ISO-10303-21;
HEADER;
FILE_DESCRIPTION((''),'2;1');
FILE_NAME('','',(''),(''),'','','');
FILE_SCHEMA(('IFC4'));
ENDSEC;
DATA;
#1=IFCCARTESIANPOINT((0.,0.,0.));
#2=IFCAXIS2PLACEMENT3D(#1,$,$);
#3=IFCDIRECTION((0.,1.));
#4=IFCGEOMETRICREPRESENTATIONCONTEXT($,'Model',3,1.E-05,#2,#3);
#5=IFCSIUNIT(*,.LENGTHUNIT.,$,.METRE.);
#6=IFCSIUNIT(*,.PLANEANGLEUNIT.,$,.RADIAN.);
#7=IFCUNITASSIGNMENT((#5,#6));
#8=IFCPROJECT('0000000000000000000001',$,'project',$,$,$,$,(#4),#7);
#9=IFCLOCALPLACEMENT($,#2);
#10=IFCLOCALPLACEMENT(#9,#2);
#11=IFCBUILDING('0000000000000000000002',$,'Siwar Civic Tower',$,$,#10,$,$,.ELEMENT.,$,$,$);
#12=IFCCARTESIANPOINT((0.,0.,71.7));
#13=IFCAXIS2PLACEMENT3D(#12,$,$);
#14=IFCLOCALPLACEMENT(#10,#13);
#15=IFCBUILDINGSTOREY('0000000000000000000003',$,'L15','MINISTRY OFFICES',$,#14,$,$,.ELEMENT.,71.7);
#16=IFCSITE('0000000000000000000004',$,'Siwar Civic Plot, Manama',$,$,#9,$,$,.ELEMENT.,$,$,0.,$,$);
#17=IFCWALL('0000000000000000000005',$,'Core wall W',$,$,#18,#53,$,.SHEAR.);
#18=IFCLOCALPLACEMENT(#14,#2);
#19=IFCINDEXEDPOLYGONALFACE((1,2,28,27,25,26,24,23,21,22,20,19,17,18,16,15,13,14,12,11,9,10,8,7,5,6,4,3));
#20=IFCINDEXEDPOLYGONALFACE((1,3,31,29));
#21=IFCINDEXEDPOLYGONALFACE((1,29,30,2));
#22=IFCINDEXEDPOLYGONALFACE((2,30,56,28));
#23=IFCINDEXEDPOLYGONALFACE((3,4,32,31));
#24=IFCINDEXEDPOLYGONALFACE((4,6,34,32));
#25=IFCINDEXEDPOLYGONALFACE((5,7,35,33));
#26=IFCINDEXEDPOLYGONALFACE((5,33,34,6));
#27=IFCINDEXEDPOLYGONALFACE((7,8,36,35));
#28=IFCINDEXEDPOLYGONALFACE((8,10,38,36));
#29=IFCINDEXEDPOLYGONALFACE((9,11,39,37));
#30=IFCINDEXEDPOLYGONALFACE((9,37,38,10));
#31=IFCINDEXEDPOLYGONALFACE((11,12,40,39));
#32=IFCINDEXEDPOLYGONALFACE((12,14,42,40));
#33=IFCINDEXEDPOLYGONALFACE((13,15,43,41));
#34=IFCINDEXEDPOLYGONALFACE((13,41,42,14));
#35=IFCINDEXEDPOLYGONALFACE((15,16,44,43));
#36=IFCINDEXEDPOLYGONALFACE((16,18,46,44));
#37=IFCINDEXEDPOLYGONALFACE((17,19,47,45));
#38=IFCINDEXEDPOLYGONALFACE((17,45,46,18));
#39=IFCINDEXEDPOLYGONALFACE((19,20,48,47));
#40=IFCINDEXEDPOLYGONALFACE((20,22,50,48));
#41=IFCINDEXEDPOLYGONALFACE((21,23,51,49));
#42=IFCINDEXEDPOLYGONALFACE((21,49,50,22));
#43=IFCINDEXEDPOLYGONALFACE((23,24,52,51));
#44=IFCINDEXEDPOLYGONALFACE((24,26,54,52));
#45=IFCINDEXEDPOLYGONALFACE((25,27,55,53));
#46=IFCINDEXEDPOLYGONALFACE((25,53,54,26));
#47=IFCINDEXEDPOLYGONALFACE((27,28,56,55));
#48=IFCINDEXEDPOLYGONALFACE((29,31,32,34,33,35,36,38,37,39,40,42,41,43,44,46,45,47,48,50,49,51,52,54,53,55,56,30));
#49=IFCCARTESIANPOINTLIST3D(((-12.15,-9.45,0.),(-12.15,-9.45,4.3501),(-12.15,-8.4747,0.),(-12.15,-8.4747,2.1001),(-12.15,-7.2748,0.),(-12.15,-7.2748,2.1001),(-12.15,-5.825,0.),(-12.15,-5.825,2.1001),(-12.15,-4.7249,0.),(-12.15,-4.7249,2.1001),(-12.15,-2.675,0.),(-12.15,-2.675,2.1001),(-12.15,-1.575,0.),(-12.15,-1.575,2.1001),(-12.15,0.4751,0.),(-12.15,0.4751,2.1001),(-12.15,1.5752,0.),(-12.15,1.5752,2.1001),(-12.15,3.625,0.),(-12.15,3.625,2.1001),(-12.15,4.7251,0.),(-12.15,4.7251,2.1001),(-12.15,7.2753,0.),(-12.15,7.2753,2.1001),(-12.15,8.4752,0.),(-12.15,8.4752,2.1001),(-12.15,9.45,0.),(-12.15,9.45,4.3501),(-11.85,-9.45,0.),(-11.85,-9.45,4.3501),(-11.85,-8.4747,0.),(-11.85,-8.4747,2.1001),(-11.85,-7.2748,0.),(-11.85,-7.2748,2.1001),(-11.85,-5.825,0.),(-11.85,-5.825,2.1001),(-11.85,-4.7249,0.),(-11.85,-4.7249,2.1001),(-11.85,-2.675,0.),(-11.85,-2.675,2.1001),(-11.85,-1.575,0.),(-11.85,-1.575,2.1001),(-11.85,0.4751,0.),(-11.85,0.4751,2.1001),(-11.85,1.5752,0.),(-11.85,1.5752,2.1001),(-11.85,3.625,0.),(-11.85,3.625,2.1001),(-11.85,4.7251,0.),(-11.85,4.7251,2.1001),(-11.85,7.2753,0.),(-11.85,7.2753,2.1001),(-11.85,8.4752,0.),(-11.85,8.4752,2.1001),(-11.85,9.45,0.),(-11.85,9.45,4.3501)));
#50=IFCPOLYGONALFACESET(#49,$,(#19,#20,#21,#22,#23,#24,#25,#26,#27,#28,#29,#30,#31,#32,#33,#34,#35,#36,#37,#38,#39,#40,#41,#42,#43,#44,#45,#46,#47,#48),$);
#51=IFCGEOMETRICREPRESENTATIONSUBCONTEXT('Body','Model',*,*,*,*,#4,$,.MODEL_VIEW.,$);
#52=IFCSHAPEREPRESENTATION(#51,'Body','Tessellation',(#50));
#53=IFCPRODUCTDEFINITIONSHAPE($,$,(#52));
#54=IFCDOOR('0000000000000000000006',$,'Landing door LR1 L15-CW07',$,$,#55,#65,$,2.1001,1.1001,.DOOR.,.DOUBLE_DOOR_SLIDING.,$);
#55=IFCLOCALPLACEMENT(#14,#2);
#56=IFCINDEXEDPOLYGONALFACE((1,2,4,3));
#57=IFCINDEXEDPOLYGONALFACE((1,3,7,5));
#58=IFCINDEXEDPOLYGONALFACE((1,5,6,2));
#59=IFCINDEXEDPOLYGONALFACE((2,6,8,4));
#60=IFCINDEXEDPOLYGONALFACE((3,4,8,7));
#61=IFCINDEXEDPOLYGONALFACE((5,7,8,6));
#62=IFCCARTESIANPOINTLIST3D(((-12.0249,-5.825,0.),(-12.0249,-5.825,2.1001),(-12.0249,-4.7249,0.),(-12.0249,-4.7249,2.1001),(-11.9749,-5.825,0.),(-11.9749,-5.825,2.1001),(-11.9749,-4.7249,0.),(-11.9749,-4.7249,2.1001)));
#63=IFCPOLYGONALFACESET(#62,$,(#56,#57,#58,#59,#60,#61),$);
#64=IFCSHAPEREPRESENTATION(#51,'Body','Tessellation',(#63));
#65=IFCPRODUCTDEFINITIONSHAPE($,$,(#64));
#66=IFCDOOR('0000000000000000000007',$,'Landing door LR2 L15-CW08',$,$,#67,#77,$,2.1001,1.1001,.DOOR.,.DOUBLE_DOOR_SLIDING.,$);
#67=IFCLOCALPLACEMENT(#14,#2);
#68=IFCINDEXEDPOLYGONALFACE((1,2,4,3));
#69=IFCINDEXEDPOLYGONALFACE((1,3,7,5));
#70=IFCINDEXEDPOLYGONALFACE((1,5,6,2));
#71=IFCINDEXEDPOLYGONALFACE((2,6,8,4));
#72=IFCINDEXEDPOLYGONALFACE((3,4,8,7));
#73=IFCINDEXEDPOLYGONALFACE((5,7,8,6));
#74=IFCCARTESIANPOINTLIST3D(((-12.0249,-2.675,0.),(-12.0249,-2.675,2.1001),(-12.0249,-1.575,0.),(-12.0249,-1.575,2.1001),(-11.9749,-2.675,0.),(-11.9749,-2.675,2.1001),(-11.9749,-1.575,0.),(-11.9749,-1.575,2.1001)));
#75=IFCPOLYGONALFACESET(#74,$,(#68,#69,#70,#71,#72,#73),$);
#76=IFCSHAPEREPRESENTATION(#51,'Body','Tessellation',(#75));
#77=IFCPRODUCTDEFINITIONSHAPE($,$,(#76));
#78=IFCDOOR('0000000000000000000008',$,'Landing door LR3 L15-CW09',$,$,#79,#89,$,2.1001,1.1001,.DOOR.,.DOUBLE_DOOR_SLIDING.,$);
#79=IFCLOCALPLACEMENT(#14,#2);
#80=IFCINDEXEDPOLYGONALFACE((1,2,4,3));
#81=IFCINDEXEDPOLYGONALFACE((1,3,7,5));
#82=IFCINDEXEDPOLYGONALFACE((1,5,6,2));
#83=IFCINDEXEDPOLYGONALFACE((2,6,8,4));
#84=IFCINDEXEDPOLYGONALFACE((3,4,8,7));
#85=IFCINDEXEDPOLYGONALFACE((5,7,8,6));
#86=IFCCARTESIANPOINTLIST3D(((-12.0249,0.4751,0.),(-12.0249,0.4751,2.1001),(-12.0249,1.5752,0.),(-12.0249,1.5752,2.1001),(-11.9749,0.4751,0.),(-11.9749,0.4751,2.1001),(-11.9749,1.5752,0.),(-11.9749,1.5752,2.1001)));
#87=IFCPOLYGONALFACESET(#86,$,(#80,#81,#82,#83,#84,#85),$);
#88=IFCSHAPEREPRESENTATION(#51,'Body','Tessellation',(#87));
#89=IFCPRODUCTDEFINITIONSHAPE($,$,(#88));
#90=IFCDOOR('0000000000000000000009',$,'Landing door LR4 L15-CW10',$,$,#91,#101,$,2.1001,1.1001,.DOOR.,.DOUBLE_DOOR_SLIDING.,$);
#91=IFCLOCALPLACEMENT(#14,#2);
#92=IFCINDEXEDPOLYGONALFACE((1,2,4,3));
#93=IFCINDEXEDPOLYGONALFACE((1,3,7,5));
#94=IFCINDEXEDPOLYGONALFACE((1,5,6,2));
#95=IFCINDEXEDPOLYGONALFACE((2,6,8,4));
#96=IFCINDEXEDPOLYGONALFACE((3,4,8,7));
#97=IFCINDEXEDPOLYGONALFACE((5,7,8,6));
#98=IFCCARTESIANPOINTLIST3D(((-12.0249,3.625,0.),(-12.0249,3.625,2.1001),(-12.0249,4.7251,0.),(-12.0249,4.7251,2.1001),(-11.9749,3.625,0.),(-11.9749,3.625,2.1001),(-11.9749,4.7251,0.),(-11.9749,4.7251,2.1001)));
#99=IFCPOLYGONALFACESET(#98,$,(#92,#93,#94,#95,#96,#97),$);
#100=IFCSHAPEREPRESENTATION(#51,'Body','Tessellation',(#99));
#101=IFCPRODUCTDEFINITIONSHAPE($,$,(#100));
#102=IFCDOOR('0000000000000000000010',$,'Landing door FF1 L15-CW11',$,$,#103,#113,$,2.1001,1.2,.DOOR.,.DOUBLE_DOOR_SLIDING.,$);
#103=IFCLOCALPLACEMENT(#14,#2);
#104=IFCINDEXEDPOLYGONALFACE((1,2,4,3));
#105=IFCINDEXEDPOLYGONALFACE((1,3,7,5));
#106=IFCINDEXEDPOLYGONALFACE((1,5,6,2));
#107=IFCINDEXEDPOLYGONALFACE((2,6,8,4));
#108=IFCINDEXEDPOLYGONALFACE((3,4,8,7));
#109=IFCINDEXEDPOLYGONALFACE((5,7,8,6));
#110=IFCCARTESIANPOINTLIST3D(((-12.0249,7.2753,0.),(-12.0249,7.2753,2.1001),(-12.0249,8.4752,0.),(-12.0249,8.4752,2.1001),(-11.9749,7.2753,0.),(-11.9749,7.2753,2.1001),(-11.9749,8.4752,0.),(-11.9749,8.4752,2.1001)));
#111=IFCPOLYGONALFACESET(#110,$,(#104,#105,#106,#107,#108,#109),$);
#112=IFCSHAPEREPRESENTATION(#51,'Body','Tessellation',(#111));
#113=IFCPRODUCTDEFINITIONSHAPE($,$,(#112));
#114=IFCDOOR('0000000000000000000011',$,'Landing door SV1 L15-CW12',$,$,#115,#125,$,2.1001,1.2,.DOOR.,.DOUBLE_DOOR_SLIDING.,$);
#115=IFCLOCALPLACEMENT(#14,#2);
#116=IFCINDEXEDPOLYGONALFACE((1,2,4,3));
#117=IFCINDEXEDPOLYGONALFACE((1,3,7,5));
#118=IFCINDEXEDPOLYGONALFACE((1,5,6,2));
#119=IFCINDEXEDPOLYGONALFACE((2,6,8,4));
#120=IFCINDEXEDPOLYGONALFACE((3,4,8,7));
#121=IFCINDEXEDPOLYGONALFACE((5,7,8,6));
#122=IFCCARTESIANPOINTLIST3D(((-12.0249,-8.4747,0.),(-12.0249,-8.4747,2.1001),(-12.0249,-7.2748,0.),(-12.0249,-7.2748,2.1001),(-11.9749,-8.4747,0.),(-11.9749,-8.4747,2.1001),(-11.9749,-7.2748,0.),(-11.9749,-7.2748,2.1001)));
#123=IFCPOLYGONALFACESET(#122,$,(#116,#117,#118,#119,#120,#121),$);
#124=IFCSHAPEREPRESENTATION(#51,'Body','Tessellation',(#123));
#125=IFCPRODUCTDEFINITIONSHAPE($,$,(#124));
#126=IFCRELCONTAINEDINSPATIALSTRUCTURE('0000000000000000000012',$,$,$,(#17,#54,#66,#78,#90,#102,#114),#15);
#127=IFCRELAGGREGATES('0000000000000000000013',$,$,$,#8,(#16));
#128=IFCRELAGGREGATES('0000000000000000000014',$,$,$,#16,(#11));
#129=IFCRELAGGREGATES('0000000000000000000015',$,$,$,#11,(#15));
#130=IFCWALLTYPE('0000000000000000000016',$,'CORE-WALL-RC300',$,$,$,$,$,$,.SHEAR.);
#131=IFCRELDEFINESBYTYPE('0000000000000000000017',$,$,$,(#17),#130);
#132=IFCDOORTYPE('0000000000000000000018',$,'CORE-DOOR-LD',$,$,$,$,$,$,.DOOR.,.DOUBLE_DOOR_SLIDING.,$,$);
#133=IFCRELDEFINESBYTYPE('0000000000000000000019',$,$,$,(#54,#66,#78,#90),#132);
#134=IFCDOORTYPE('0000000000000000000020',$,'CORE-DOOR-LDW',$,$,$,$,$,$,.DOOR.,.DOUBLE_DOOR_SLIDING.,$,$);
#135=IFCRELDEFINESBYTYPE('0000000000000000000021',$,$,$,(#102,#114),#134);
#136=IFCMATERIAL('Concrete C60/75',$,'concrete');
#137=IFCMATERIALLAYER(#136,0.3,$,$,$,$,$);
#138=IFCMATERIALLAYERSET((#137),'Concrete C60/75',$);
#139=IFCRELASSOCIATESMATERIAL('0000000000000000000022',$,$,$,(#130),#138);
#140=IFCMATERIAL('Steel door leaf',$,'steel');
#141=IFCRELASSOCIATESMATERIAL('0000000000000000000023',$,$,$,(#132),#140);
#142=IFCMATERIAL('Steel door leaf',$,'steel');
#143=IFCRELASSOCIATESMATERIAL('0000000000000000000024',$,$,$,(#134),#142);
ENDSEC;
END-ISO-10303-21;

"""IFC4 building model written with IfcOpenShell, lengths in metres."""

from ifc_helpers import new_model, si_unit, direction, frame, frame_2d, origin, place, context, subcontext, project, spatial, rectangle, extrude, material, layer, layer_set, type_object, element, fill, save


model = new_model("IFC4")

# Units and contexts
model_context = context("Model", 3, precision=1e-05, world=origin(), true_north=direction((0.0, 1.0)))
body_context = subcontext(model_context, "Body", "Model", "MODEL_VIEW")
ifc_project = project(units=[si_unit("LENGTHUNIT", "METRE"), si_unit("PLANEANGLEUNIT", "RADIAN")], contexts=[model_context])

# Site, building, storey
site_placement = place(None, origin())
site = spatial("IfcSite", under=ifc_project, at=site_placement, Name="Siwar Civic Plot, Manama", CompositionType="ELEMENT", RefElevation=0.0)
building_placement = place(site_placement, origin())
building = spatial("IfcBuilding", under=site, at=building_placement, Name="Siwar Civic Tower", CompositionType="ELEMENT")
storey_placement = place(building_placement, frame((0.0, 0.0, 71.7)))
storey = spatial("IfcBuildingStorey", under=building, at=storey_placement, Name="L15", Description="MINISTRY OFFICES", CompositionType="ELEMENT", Elevation=71.7)

# Wall, openings, doors
ifc_material_1 = material(Name="Concrete C60/75", Category="concrete")
ifc_layer_1 = layer(ifc_material_1, 0.3)
ifc_layer_set_1 = layer_set([ifc_layer_1], Name="Concrete C60/75")
wall_type_1 = type_object("IfcWallType", Name="CORE-WALL-RC300", PredefinedType="SHEAR", material=ifc_layer_set_1)
wall_1_placement = place(storey_placement, frame((-12.0, -9.45, 0.0), z_axis=(0.0, 0.0, 1.0), x_axis=(0.0, 1.0, 0.0)))
wall_1 = element("IfcWall", 1, at=wall_1_placement, inside=storey, type_object=wall_type_1, Name="Core wall W", PredefinedType="SHEAR", context=body_context, shape_type="SweptSolid", body=[
    extrude(rectangle(XDim=18.8999, YDim=0.3, at=frame_2d((9.45, 0.0))), origin(), (0.0, 0.0, 1.0), 4.3501),
])
opening_1_placement = place(wall_1_placement, frame((3.625, 0.0, 0.0)))
opening_1 = element("IfcOpeningElement", 2, at=opening_1_placement, cuts=wall_1, PredefinedType="OPENING", context=body_context, shape_type="SweptSolid", body=[
    extrude(rectangle(XDim=1.1001, YDim=2.1001, at=frame_2d((0.55, 1.05))), frame((0.0, 0.1602, 0.0), z_axis=(0.0, -1.0, 0.0), x_axis=(1.0, 0.0, 0.0)), (0.0, 0.0, 1.0), 0.3201),
])
opening_2_placement = place(wall_1_placement, frame((6.7749, 0.0, 0.0)))
opening_2 = element("IfcOpeningElement", 3, at=opening_2_placement, cuts=wall_1, PredefinedType="OPENING", context=body_context, shape_type="SweptSolid", body=[
    extrude(rectangle(XDim=1.1001, YDim=2.1001, at=frame_2d((0.55, 1.05))), frame((0.0, 0.1602, 0.0), z_axis=(0.0, -1.0, 0.0), x_axis=(1.0, 0.0, 0.0)), (0.0, 0.0, 1.0), 0.3201),
])
opening_3_placement = place(wall_1_placement, frame((9.925, 0.0, 0.0)))
opening_3 = element("IfcOpeningElement", 4, at=opening_3_placement, cuts=wall_1, PredefinedType="OPENING", context=body_context, shape_type="SweptSolid", body=[
    extrude(rectangle(XDim=1.1001, YDim=2.1001, at=frame_2d((0.55, 1.05))), frame((0.0, 0.1602, 0.0), z_axis=(0.0, -1.0, 0.0), x_axis=(1.0, 0.0, 0.0)), (0.0, 0.0, 1.0), 0.3201),
])
opening_4_placement = place(wall_1_placement, frame((13.075, 0.0, 0.0)))
opening_4 = element("IfcOpeningElement", 5, at=opening_4_placement, cuts=wall_1, PredefinedType="OPENING", context=body_context, shape_type="SweptSolid", body=[
    extrude(rectangle(XDim=1.1001, YDim=2.1001, at=frame_2d((0.55, 1.05))), frame((0.0, 0.1602, 0.0), z_axis=(0.0, -1.0, 0.0), x_axis=(1.0, 0.0, 0.0)), (0.0, 0.0, 1.0), 0.3201),
])
opening_5_placement = place(wall_1_placement, frame((16.7251, 0.0, 0.0)))
opening_5 = element("IfcOpeningElement", 6, at=opening_5_placement, cuts=wall_1, PredefinedType="OPENING", context=body_context, shape_type="SweptSolid", body=[
    extrude(rectangle(XDim=1.2, YDim=2.1001, at=frame_2d((0.6001, 1.05))), frame((0.0, 0.1602, 0.0), z_axis=(0.0, -1.0, 0.0), x_axis=(1.0, 0.0, 0.0)), (0.0, 0.0, 1.0), 0.3201),
])
opening_6_placement = place(wall_1_placement, frame((0.9751, 0.0, 0.0)))
opening_6 = element("IfcOpeningElement", 7, at=opening_6_placement, cuts=wall_1, PredefinedType="OPENING", context=body_context, shape_type="SweptSolid", body=[
    extrude(rectangle(XDim=1.2, YDim=2.1001, at=frame_2d((0.6001, 1.05))), frame((0.0, 0.1602, 0.0), z_axis=(0.0, -1.0, 0.0), x_axis=(1.0, 0.0, 0.0)), (0.0, 0.0, 1.0), 0.3201),
])
ifc_material_2 = material(Name="Steel door leaf", Category="steel")
door_type_1 = type_object("IfcDoorType", Name="CORE-DOOR-LD", OperationType="DOUBLE_DOOR_SLIDING", PredefinedType="DOOR", material=ifc_material_2)
door_1_placement = place(opening_1_placement, origin())
door_1 = element("IfcDoor", 8, at=door_1_placement, inside=storey, type_object=door_type_1, Name="Landing door LR1 L15-CW07", OperationType="DOUBLE_DOOR_SLIDING", OverallHeight=2.1001, OverallWidth=1.1001, PredefinedType="DOOR", context=body_context, shape_type="SweptSolid", body=[
    extrude(rectangle(XDim=1.1001, YDim=2.1001, at=frame_2d((0.55, 1.05))), frame((0.0, 0.0249, 0.0), z_axis=(0.0, -1.0, 0.0), x_axis=(1.0, 0.0, 0.0)), (0.0, 0.0, 1.0), 0.05),
])
fill(opening_1, door_1)
door_2_placement = place(opening_2_placement, origin())
door_2 = element("IfcDoor", 9, at=door_2_placement, inside=storey, type_object=door_type_1, Name="Landing door LR2 L15-CW08", OperationType="DOUBLE_DOOR_SLIDING", OverallHeight=2.1001, OverallWidth=1.1001, PredefinedType="DOOR", context=body_context, shape_type="SweptSolid", body=[
    extrude(rectangle(XDim=1.1001, YDim=2.1001, at=frame_2d((0.55, 1.05))), frame((0.0, 0.0249, 0.0), z_axis=(0.0, -1.0, 0.0), x_axis=(1.0, 0.0, 0.0)), (0.0, 0.0, 1.0), 0.05),
])
fill(opening_2, door_2)
door_3_placement = place(opening_3_placement, origin())
door_3 = element("IfcDoor", 10, at=door_3_placement, inside=storey, type_object=door_type_1, Name="Landing door LR3 L15-CW09", OperationType="DOUBLE_DOOR_SLIDING", OverallHeight=2.1001, OverallWidth=1.1001, PredefinedType="DOOR", context=body_context, shape_type="SweptSolid", body=[
    extrude(rectangle(XDim=1.1001, YDim=2.1001, at=frame_2d((0.55, 1.05))), frame((0.0, 0.0249, 0.0), z_axis=(0.0, -1.0, 0.0), x_axis=(1.0, 0.0, 0.0)), (0.0, 0.0, 1.0), 0.05),
])
fill(opening_3, door_3)
door_4_placement = place(opening_4_placement, origin())
door_4 = element("IfcDoor", 11, at=door_4_placement, inside=storey, type_object=door_type_1, Name="Landing door LR4 L15-CW10", OperationType="DOUBLE_DOOR_SLIDING", OverallHeight=2.1001, OverallWidth=1.1001, PredefinedType="DOOR", context=body_context, shape_type="SweptSolid", body=[
    extrude(rectangle(XDim=1.1001, YDim=2.1001, at=frame_2d((0.55, 1.05))), frame((0.0, 0.0249, 0.0), z_axis=(0.0, -1.0, 0.0), x_axis=(1.0, 0.0, 0.0)), (0.0, 0.0, 1.0), 0.05),
])
fill(opening_4, door_4)
ifc_material_3 = material(Name="Steel door leaf", Category="steel")
door_type_2 = type_object("IfcDoorType", Name="CORE-DOOR-LDW", OperationType="DOUBLE_DOOR_SLIDING", PredefinedType="DOOR", material=ifc_material_3)
door_5_placement = place(opening_5_placement, origin())
door_5 = element("IfcDoor", 12, at=door_5_placement, inside=storey, type_object=door_type_2, Name="Landing door FF1 L15-CW11", OperationType="DOUBLE_DOOR_SLIDING", OverallHeight=2.1001, OverallWidth=1.2, PredefinedType="DOOR", context=body_context, shape_type="SweptSolid", body=[
    extrude(rectangle(XDim=1.2, YDim=2.1001, at=frame_2d((0.6001, 1.05))), frame((0.0, 0.0249, 0.0), z_axis=(0.0, -1.0, 0.0), x_axis=(1.0, 0.0, 0.0)), (0.0, 0.0, 1.0), 0.05),
])
fill(opening_5, door_5)
door_6_placement = place(opening_6_placement, origin())
door_6 = element("IfcDoor", 13, at=door_6_placement, inside=storey, type_object=door_type_2, Name="Landing door SV1 L15-CW12", OperationType="DOUBLE_DOOR_SLIDING", OverallHeight=2.1001, OverallWidth=1.2, PredefinedType="DOOR", context=body_context, shape_type="SweptSolid", body=[
    extrude(rectangle(XDim=1.2, YDim=2.1001, at=frame_2d((0.6001, 1.05))), frame((0.0, 0.0249, 0.0), z_axis=(0.0, -1.0, 0.0), x_axis=(1.0, 0.0, 0.0)), (0.0, 0.0, 1.0), 0.05),
])
fill(opening_6, door_6)

save(model, "model.ifc")
